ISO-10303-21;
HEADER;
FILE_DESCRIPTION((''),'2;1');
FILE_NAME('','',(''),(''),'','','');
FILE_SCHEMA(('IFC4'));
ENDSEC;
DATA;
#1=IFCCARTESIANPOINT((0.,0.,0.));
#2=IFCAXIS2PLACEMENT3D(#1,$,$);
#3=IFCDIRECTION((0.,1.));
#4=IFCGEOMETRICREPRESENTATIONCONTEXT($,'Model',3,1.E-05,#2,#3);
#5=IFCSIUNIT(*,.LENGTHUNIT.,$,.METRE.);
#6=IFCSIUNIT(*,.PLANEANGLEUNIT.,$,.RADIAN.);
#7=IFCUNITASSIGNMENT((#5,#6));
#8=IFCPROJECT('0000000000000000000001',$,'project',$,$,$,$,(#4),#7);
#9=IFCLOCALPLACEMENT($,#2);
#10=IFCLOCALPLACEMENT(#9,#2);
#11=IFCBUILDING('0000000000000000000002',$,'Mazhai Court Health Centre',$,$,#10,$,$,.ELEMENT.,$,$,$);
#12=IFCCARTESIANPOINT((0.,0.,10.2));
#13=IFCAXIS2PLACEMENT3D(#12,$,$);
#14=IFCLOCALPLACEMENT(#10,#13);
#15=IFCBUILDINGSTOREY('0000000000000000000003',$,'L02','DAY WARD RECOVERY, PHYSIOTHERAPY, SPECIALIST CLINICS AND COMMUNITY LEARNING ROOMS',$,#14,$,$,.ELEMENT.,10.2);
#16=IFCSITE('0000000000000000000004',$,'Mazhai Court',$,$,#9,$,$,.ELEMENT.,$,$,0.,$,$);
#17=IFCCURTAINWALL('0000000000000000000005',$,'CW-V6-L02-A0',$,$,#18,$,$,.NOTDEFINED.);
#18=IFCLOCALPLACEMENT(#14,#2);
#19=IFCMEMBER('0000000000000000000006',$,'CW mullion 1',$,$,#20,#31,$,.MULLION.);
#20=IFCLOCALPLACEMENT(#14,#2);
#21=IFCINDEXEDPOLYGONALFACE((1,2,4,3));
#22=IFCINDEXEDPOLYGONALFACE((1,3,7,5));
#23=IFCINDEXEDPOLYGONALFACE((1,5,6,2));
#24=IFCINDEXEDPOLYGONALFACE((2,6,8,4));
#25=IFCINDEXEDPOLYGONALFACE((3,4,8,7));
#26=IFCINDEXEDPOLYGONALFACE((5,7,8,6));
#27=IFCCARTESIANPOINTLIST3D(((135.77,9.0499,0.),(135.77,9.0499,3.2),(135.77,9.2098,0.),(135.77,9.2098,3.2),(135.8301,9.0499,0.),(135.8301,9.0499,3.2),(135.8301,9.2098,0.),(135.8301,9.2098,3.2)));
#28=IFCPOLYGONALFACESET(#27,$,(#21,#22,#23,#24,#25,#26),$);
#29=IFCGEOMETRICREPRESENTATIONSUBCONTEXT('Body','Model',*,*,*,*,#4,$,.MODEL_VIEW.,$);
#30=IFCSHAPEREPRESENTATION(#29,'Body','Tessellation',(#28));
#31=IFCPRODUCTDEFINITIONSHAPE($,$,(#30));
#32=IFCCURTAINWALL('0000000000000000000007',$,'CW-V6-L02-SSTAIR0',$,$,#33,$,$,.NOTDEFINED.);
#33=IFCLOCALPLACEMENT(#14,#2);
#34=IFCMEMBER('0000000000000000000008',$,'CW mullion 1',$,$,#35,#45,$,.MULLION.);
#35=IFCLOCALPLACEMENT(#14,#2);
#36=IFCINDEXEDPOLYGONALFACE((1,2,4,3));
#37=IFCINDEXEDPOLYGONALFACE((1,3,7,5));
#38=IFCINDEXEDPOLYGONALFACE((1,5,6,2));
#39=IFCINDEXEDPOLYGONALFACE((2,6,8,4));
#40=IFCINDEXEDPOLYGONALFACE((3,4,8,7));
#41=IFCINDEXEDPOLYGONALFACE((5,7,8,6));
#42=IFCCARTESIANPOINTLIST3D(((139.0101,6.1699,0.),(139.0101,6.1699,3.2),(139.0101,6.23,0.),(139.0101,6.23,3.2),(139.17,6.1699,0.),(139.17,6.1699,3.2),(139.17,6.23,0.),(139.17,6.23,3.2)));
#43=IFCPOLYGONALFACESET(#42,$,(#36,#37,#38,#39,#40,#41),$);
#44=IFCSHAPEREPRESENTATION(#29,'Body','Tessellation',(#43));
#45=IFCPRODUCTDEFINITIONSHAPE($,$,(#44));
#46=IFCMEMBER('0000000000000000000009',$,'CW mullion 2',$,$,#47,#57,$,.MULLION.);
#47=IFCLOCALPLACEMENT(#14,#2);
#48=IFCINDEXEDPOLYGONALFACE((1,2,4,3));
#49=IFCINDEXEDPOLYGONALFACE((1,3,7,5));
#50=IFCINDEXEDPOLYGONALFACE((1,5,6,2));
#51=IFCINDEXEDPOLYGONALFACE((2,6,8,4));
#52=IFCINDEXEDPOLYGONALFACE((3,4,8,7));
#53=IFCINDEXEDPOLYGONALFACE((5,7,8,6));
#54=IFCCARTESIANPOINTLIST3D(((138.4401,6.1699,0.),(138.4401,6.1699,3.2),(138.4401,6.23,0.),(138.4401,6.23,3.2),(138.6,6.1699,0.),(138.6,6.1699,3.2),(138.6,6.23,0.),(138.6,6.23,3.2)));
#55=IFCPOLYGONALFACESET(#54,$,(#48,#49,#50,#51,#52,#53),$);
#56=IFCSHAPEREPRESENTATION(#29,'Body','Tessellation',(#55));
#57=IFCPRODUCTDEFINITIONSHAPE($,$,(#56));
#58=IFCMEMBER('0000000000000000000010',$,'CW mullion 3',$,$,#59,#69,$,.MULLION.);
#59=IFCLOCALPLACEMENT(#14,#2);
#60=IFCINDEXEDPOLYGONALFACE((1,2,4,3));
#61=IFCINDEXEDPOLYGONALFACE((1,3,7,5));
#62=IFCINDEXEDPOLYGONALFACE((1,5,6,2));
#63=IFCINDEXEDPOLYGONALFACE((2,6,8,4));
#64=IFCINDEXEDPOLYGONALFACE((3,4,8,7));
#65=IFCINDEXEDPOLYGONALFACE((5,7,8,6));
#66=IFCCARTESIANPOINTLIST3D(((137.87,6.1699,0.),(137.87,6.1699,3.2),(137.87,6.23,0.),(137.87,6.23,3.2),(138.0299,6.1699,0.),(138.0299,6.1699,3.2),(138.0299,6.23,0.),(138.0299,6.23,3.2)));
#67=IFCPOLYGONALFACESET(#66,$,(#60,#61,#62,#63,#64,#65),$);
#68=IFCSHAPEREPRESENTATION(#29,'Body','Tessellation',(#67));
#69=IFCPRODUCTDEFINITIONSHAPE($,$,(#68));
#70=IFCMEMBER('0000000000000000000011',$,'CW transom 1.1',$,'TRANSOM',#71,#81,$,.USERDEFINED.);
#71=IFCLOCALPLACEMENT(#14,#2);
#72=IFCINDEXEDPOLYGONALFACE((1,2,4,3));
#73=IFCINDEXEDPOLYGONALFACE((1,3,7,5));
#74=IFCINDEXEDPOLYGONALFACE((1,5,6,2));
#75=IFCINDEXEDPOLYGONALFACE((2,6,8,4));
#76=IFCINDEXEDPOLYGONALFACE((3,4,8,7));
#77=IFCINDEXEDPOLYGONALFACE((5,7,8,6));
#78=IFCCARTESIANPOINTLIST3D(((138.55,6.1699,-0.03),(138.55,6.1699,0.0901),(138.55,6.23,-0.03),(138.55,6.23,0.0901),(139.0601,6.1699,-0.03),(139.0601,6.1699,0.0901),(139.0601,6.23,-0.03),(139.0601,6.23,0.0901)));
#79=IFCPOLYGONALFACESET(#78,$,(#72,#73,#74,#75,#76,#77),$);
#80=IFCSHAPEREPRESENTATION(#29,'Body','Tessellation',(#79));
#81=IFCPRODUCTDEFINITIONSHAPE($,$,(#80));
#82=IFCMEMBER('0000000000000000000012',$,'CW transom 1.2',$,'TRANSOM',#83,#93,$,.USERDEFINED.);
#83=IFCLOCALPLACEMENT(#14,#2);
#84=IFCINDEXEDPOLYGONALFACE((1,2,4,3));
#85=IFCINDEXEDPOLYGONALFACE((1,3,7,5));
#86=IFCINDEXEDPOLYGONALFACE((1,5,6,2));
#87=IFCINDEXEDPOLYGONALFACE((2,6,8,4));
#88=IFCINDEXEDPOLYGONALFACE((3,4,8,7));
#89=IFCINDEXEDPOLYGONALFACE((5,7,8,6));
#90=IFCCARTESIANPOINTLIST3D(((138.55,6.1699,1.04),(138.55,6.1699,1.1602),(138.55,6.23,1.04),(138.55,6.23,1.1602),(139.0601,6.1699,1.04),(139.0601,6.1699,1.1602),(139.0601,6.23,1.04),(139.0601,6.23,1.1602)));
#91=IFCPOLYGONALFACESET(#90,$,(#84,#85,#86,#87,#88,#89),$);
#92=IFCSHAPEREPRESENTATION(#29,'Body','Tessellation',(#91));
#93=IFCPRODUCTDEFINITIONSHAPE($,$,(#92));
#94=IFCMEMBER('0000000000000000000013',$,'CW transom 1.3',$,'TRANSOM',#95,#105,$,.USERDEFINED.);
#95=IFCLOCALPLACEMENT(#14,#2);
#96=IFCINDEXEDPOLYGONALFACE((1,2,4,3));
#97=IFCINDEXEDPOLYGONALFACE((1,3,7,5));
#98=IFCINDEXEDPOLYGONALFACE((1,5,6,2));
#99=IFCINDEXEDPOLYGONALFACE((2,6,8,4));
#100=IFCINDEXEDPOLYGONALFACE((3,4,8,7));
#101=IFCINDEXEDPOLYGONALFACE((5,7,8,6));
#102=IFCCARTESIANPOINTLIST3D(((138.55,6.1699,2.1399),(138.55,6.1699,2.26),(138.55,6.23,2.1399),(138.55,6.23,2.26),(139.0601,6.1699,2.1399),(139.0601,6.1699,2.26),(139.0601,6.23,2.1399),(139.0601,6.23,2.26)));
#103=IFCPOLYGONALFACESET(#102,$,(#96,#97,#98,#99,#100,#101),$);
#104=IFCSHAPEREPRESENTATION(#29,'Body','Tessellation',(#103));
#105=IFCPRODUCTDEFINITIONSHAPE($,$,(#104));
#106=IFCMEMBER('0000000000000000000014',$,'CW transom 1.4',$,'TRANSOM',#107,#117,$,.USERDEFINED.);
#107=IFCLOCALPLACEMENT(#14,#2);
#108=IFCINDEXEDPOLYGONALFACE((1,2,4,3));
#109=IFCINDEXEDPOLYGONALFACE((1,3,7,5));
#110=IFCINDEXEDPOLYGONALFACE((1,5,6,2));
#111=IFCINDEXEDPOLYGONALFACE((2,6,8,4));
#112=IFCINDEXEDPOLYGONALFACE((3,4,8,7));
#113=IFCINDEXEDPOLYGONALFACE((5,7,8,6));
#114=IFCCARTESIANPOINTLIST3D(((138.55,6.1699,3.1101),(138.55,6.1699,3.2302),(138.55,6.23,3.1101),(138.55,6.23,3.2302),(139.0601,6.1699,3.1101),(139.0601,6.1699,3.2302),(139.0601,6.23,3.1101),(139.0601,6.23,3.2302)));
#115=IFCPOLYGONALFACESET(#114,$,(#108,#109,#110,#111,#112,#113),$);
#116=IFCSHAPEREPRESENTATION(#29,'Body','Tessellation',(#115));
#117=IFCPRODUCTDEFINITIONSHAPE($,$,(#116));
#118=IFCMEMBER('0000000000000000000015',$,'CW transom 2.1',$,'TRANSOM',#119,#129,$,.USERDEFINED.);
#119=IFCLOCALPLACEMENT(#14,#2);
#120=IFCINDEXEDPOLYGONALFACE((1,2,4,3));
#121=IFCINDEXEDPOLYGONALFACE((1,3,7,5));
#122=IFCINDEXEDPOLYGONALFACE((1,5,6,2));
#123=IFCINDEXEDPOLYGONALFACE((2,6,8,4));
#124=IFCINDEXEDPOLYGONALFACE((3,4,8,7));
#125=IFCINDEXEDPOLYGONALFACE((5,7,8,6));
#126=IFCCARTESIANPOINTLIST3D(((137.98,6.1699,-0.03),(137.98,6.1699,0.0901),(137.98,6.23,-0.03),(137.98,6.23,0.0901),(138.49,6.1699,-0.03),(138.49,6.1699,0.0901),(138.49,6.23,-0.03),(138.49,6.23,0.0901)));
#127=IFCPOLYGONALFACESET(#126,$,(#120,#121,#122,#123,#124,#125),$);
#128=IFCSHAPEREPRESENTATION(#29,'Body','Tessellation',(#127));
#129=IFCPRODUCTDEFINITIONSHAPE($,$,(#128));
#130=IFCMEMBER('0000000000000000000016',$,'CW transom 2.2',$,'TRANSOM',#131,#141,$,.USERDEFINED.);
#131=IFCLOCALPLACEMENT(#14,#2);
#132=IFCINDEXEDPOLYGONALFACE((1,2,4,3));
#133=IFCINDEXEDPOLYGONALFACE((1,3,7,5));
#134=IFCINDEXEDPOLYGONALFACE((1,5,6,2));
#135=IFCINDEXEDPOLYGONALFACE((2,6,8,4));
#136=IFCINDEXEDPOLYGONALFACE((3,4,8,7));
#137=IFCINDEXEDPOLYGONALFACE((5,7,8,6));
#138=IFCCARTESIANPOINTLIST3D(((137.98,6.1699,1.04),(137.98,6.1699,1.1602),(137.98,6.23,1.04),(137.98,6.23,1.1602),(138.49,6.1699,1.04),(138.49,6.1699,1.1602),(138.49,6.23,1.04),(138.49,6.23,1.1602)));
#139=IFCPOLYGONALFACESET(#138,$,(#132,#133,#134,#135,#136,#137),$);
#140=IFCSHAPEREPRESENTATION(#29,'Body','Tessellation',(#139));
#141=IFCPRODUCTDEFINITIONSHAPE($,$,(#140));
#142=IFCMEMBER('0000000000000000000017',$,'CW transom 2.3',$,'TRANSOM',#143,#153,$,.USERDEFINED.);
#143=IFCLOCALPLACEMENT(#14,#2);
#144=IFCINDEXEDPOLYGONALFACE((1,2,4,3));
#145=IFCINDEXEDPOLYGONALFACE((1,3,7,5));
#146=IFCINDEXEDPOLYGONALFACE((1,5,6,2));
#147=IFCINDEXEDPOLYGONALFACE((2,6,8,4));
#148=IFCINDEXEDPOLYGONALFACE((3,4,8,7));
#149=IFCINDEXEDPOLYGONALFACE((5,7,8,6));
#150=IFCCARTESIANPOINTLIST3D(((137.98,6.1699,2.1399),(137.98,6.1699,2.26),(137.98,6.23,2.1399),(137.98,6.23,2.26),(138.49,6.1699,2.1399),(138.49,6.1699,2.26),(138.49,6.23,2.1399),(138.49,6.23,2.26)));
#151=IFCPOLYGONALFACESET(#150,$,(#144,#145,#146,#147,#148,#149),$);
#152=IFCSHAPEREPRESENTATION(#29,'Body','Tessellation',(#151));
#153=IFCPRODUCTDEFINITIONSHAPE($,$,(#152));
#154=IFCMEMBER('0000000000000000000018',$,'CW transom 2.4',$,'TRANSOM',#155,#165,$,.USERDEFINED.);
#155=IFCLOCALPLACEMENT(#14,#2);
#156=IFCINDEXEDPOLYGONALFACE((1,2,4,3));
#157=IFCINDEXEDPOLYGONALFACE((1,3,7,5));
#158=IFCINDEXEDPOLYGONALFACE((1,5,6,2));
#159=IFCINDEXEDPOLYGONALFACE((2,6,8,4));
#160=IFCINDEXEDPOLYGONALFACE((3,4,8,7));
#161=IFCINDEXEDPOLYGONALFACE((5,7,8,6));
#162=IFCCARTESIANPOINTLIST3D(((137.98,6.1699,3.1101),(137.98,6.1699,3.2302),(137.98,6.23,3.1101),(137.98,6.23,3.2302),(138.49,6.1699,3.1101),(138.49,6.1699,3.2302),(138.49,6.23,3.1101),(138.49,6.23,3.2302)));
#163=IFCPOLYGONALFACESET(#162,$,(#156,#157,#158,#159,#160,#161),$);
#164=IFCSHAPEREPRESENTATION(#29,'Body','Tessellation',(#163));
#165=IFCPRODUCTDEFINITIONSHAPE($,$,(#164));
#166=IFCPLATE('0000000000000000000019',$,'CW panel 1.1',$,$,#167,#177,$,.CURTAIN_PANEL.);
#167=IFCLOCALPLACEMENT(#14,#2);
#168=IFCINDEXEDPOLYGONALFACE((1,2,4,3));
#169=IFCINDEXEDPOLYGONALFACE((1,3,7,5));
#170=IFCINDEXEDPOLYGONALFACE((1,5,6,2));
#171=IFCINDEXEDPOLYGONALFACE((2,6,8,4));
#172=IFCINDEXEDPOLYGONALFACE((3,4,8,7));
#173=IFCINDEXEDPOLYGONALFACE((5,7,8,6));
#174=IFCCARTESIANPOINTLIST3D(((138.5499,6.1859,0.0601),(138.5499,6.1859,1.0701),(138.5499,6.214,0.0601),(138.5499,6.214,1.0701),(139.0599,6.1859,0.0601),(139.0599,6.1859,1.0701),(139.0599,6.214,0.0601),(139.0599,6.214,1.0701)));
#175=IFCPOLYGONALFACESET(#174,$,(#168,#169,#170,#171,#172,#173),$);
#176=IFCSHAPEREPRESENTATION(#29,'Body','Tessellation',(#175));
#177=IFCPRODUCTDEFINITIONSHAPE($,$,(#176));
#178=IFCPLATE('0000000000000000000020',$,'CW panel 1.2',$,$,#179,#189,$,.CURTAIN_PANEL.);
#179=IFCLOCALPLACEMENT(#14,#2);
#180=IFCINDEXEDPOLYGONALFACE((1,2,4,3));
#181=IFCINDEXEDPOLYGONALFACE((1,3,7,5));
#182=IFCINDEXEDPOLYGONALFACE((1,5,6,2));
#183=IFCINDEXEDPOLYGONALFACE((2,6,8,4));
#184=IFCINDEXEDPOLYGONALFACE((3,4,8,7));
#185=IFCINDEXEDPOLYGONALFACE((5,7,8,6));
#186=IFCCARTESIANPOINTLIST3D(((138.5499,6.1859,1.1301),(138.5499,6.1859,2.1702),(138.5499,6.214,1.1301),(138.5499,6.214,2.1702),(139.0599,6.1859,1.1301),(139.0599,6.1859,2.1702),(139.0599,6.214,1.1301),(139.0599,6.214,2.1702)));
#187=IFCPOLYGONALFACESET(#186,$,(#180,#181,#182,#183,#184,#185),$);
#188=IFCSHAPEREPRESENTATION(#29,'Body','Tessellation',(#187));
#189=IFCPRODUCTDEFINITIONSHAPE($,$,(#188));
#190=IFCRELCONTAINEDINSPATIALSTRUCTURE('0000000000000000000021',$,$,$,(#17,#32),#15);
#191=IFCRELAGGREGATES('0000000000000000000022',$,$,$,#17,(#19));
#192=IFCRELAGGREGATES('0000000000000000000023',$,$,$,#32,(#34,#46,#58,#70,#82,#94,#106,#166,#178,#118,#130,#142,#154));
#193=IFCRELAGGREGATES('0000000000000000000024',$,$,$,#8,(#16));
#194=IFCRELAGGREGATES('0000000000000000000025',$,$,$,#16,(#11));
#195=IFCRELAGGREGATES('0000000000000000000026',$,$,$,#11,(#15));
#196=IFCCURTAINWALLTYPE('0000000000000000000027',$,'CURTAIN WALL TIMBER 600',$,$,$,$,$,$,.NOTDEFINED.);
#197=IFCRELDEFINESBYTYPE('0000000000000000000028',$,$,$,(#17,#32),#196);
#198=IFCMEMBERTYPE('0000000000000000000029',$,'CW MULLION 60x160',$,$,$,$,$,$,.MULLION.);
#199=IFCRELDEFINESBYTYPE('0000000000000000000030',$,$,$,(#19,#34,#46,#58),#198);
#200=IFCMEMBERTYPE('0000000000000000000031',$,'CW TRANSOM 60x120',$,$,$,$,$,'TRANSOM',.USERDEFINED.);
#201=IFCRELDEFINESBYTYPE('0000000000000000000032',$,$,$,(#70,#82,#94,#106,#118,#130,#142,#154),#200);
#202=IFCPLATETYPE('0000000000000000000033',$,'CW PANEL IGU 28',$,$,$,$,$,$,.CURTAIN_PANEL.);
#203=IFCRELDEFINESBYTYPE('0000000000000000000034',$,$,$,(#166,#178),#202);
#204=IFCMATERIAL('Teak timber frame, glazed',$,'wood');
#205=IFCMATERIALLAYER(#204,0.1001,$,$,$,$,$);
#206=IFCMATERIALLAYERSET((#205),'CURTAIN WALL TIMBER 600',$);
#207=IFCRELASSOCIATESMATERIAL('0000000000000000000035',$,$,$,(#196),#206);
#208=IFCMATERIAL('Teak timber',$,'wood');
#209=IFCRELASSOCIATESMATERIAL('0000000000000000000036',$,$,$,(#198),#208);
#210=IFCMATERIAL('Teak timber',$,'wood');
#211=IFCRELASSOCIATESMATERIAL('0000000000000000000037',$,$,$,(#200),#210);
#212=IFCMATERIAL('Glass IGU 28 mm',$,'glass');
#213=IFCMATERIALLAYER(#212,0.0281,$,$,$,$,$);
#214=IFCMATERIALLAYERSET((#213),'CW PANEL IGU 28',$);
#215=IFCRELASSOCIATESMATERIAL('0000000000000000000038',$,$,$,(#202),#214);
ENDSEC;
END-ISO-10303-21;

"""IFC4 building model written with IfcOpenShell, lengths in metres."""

from ifc_helpers import new_model, si_unit, direction, frame, origin, origin_2d, place, context, subcontext, project, spatial, rectangle, extrude, material, layer, layer_set, material_profile, profile_set, type_object, element, aggregate, save


model = new_model("IFC4")

# Units and contexts
model_context = context("Model", 3, precision=1e-05, world=origin(), true_north=direction((0.0, 1.0)))
body_context = subcontext(model_context, "Body", "Model", "MODEL_VIEW")
ifc_project = project(units=[si_unit("LENGTHUNIT", "METRE"), si_unit("PLANEANGLEUNIT", "RADIAN")], contexts=[model_context])

# Site, building, storey
site_placement = place(None, origin())
site = spatial("IfcSite", under=ifc_project, at=site_placement, Name="Mazhai Court", CompositionType="ELEMENT", RefElevation=0.0)
building_placement = place(site_placement, origin())
building = spatial("IfcBuilding", under=site, at=building_placement, Name="Mazhai Court Health Centre", CompositionType="ELEMENT")
storey_placement = place(building_placement, frame((0.0, 0.0, 10.2)))
storey = spatial("IfcBuildingStorey", under=building, at=storey_placement, Name="L02", Description="DAY WARD RECOVERY, PHYSIOTHERAPY, SPECIALIST CLINICS AND COMMUNITY LEARNING ROOMS", CompositionType="ELEMENT", Elevation=10.2)

# Curtain wall, member
ifc_material_1 = material(Name="Teak timber frame, glazed", Category="wood")
ifc_layer_1 = layer(ifc_material_1, 0.1001)
ifc_layer_set_1 = layer_set([ifc_layer_1], Name="CURTAIN WALL TIMBER 600")
curtain_wall_type = type_object("IfcCurtainWallType", Name="CURTAIN WALL TIMBER 600", PredefinedType="NOTDEFINED", material=ifc_layer_set_1)
curtain_wall_1_placement = place(storey_placement, origin())
curtain_wall_1 = element("IfcCurtainWall", 1, at=curtain_wall_1_placement, inside=storey, type_object=curtain_wall_type, Name="CW-V6-L02-A0", PredefinedType="NOTDEFINED")
ifc_material_2 = material(Name="Teak timber", Category="wood")
ifc_material_profile_1 = material_profile(ifc_material_2, rectangle(XDim=0.0601, YDim=0.1599, at=origin_2d()), Name="CW MULLION 60x160")
ifc_profile_set_1 = profile_set([ifc_material_profile_1], Name="Teak timber")
member_type_1 = type_object("IfcMemberType", Name="CW MULLION 60x160", PredefinedType="MULLION", material=ifc_profile_set_1)
member_1_placement = place(storey_placement, frame((135.8, 9.1299, 0.0), z_axis=(0.0, 0.0, 1.0), x_axis=(-1.0, 0.0, 0.0)))
member_1 = element("IfcMember", 2, at=member_1_placement, type_object=member_type_1, Name="CW mullion 1", PredefinedType="MULLION", context=body_context, shape_type="SweptSolid", body=[
    extrude(rectangle(XDim=0.0601, YDim=0.1599, at=origin_2d()), origin(), (0.0, 0.0, 1.0), 3.2),
])
aggregate(curtain_wall_1, [member_1])

# Curtain wall, members, plates
curtain_wall_2_placement = place(storey_placement, origin())
curtain_wall_2 = element("IfcCurtainWall", 3, at=curtain_wall_2_placement, inside=storey, type_object=curtain_wall_type, Name="CW-V6-L02-SSTAIR0", PredefinedType="NOTDEFINED")
member_2_placement = place(storey_placement, frame((139.0901, 6.2, 0.0), z_axis=(0.0, 0.0, 1.0), x_axis=(0.0, -1.0, 0.0)))
member_2 = element("IfcMember", 4, at=member_2_placement, type_object=member_type_1, Name="CW mullion 1", PredefinedType="MULLION", context=body_context, shape_type="SweptSolid", body=[
    extrude(rectangle(XDim=0.0601, YDim=0.1599, at=origin_2d()), origin(), (0.0, 0.0, 1.0), 3.2),
])
member_3_placement = place(storey_placement, frame((138.52, 6.2, 0.0), z_axis=(0.0, 0.0, 1.0), x_axis=(0.0, -1.0, 0.0)))
member_3 = element("IfcMember", 5, at=member_3_placement, type_object=member_type_1, Name="CW mullion 2", PredefinedType="MULLION", context=body_context, shape_type="SweptSolid", body=[
    extrude(rectangle(XDim=0.0601, YDim=0.1599, at=origin_2d()), origin(), (0.0, 0.0, 1.0), 3.2),
])
member_4_placement = place(storey_placement, frame((137.95, 6.2, 0.0), z_axis=(0.0, 0.0, 1.0), x_axis=(0.0, -1.0, 0.0)))
member_4 = element("IfcMember", 6, at=member_4_placement, type_object=member_type_1, Name="CW mullion 3", PredefinedType="MULLION", context=body_context, shape_type="SweptSolid", body=[
    extrude(rectangle(XDim=0.0601, YDim=0.1599, at=origin_2d()), origin(), (0.0, 0.0, 1.0), 3.2),
])
ifc_material_3 = material(Name="Teak timber", Category="wood")
ifc_material_profile_2 = material_profile(ifc_material_3, rectangle(XDim=0.0601, YDim=0.1201, at=origin_2d()), Name="CW TRANSOM 60x120")
ifc_profile_set_2 = profile_set([ifc_material_profile_2], Name="Teak timber")
member_type_2 = type_object("IfcMemberType", Name="CW TRANSOM 60x120", ElementType="TRANSOM", PredefinedType="USERDEFINED", material=ifc_profile_set_2)
member_5_placement = place(storey_placement, frame((139.0601, 6.2, 0.03), z_axis=(-1.0, 0.0, 0.0), x_axis=(0.0, -1.0, 0.0)))
member_5 = element("IfcMember", 7, at=member_5_placement, type_object=member_type_2, Name="CW transom 1.1", ObjectType="TRANSOM", PredefinedType="USERDEFINED", context=body_context, shape_type="SweptSolid", body=[
    extrude(rectangle(XDim=0.0601, YDim=0.1201, at=origin_2d()), origin(), (0.0, 0.0, 1.0), 0.51),
])
member_6_placement = place(storey_placement, frame((139.0601, 6.2, 1.1001), z_axis=(-1.0, 0.0, 0.0), x_axis=(0.0, -1.0, 0.0)))
member_6 = element("IfcMember", 8, at=member_6_placement, type_object=member_type_2, Name="CW transom 1.2", ObjectType="TRANSOM", PredefinedType="USERDEFINED", context=body_context, shape_type="SweptSolid", body=[
    extrude(rectangle(XDim=0.0601, YDim=0.1201, at=origin_2d()), origin(), (0.0, 0.0, 1.0), 0.51),
])
member_7_placement = place(storey_placement, frame((139.0601, 6.2, 2.2), z_axis=(-1.0, 0.0, 0.0), x_axis=(0.0, -1.0, 0.0)))
member_7 = element("IfcMember", 9, at=member_7_placement, type_object=member_type_2, Name="CW transom 1.3", ObjectType="TRANSOM", PredefinedType="USERDEFINED", context=body_context, shape_type="SweptSolid", body=[
    extrude(rectangle(XDim=0.0601, YDim=0.1201, at=origin_2d()), origin(), (0.0, 0.0, 1.0), 0.51),
])
member_8_placement = place(storey_placement, frame((139.0601, 6.2, 3.1702), z_axis=(-1.0, 0.0, 0.0), x_axis=(0.0, -1.0, 0.0)))
member_8 = element("IfcMember", 10, at=member_8_placement, type_object=member_type_2, Name="CW transom 1.4", ObjectType="TRANSOM", PredefinedType="USERDEFINED", context=body_context, shape_type="SweptSolid", body=[
    extrude(rectangle(XDim=0.0601, YDim=0.1201, at=origin_2d()), origin(), (0.0, 0.0, 1.0), 0.51),
])
member_9_placement = place(storey_placement, frame((138.49, 6.2, 0.03), z_axis=(-1.0, 0.0, 0.0), x_axis=(0.0, -1.0, 0.0)))
member_9 = element("IfcMember", 11, at=member_9_placement, type_object=member_type_2, Name="CW transom 2.1", ObjectType="TRANSOM", PredefinedType="USERDEFINED", context=body_context, shape_type="SweptSolid", body=[
    extrude(rectangle(XDim=0.0601, YDim=0.1201, at=origin_2d()), origin(), (0.0, 0.0, 1.0), 0.51),
])
member_10_placement = place(storey_placement, frame((138.49, 6.2, 1.1001), z_axis=(-1.0, 0.0, 0.0), x_axis=(0.0, -1.0, 0.0)))
member_10 = element("IfcMember", 12, at=member_10_placement, type_object=member_type_2, Name="CW transom 2.2", ObjectType="TRANSOM", PredefinedType="USERDEFINED", context=body_context, shape_type="SweptSolid", body=[
    extrude(rectangle(XDim=0.0601, YDim=0.1201, at=origin_2d()), origin(), (0.0, 0.0, 1.0), 0.51),
])
member_11_placement = place(storey_placement, frame((138.49, 6.2, 2.2), z_axis=(-1.0, 0.0, 0.0), x_axis=(0.0, -1.0, 0.0)))
member_11 = element("IfcMember", 13, at=member_11_placement, type_object=member_type_2, Name="CW transom 2.3", ObjectType="TRANSOM", PredefinedType="USERDEFINED", context=body_context, shape_type="SweptSolid", body=[
    extrude(rectangle(XDim=0.0601, YDim=0.1201, at=origin_2d()), origin(), (0.0, 0.0, 1.0), 0.51),
])
member_12_placement = place(storey_placement, frame((138.49, 6.2, 3.1702), z_axis=(-1.0, 0.0, 0.0), x_axis=(0.0, -1.0, 0.0)))
member_12 = element("IfcMember", 14, at=member_12_placement, type_object=member_type_2, Name="CW transom 2.4", ObjectType="TRANSOM", PredefinedType="USERDEFINED", context=body_context, shape_type="SweptSolid", body=[
    extrude(rectangle(XDim=0.0601, YDim=0.1201, at=origin_2d()), origin(), (0.0, 0.0, 1.0), 0.51),
])
ifc_material_4 = material(Name="Glass IGU 28 mm", Category="glass")
ifc_layer_2 = layer(ifc_material_4, 0.0281)
ifc_layer_set_2 = layer_set([ifc_layer_2], Name="CW PANEL IGU 28")
plate_type = type_object("IfcPlateType", Name="CW PANEL IGU 28", PredefinedType="CURTAIN_PANEL", material=ifc_layer_set_2)
plate_1_placement = place(storey_placement, frame((138.8049, 6.2, 0.0601), z_axis=(0.0, 0.0, 1.0), x_axis=(-1.0, 0.0, 0.0)))
plate_1 = element("IfcPlate", 15, at=plate_1_placement, type_object=plate_type, Name="CW panel 1.1", PredefinedType="CURTAIN_PANEL", context=body_context, shape_type="SweptSolid", body=[
    extrude(rectangle(XDim=0.51, YDim=0.0281, at=origin_2d()), origin(), (0.0, 0.0, 1.0), 1.01),
])
plate_2_placement = place(storey_placement, frame((138.8049, 6.2, 1.1301), z_axis=(0.0, 0.0, 1.0), x_axis=(-1.0, 0.0, 0.0)))
plate_2 = element("IfcPlate", 16, at=plate_2_placement, type_object=plate_type, Name="CW panel 1.2", PredefinedType="CURTAIN_PANEL", context=body_context, shape_type="SweptSolid", body=[
    extrude(rectangle(XDim=0.51, YDim=0.0281, at=origin_2d()), origin(), (0.0, 0.0, 1.0), 1.04),
])
aggregate(curtain_wall_2, [member_2, member_3, member_4, member_5, member_6, member_7, member_8, plate_1, plate_2, member_9, member_10, member_11, member_12])

save(model, "model.ifc")
